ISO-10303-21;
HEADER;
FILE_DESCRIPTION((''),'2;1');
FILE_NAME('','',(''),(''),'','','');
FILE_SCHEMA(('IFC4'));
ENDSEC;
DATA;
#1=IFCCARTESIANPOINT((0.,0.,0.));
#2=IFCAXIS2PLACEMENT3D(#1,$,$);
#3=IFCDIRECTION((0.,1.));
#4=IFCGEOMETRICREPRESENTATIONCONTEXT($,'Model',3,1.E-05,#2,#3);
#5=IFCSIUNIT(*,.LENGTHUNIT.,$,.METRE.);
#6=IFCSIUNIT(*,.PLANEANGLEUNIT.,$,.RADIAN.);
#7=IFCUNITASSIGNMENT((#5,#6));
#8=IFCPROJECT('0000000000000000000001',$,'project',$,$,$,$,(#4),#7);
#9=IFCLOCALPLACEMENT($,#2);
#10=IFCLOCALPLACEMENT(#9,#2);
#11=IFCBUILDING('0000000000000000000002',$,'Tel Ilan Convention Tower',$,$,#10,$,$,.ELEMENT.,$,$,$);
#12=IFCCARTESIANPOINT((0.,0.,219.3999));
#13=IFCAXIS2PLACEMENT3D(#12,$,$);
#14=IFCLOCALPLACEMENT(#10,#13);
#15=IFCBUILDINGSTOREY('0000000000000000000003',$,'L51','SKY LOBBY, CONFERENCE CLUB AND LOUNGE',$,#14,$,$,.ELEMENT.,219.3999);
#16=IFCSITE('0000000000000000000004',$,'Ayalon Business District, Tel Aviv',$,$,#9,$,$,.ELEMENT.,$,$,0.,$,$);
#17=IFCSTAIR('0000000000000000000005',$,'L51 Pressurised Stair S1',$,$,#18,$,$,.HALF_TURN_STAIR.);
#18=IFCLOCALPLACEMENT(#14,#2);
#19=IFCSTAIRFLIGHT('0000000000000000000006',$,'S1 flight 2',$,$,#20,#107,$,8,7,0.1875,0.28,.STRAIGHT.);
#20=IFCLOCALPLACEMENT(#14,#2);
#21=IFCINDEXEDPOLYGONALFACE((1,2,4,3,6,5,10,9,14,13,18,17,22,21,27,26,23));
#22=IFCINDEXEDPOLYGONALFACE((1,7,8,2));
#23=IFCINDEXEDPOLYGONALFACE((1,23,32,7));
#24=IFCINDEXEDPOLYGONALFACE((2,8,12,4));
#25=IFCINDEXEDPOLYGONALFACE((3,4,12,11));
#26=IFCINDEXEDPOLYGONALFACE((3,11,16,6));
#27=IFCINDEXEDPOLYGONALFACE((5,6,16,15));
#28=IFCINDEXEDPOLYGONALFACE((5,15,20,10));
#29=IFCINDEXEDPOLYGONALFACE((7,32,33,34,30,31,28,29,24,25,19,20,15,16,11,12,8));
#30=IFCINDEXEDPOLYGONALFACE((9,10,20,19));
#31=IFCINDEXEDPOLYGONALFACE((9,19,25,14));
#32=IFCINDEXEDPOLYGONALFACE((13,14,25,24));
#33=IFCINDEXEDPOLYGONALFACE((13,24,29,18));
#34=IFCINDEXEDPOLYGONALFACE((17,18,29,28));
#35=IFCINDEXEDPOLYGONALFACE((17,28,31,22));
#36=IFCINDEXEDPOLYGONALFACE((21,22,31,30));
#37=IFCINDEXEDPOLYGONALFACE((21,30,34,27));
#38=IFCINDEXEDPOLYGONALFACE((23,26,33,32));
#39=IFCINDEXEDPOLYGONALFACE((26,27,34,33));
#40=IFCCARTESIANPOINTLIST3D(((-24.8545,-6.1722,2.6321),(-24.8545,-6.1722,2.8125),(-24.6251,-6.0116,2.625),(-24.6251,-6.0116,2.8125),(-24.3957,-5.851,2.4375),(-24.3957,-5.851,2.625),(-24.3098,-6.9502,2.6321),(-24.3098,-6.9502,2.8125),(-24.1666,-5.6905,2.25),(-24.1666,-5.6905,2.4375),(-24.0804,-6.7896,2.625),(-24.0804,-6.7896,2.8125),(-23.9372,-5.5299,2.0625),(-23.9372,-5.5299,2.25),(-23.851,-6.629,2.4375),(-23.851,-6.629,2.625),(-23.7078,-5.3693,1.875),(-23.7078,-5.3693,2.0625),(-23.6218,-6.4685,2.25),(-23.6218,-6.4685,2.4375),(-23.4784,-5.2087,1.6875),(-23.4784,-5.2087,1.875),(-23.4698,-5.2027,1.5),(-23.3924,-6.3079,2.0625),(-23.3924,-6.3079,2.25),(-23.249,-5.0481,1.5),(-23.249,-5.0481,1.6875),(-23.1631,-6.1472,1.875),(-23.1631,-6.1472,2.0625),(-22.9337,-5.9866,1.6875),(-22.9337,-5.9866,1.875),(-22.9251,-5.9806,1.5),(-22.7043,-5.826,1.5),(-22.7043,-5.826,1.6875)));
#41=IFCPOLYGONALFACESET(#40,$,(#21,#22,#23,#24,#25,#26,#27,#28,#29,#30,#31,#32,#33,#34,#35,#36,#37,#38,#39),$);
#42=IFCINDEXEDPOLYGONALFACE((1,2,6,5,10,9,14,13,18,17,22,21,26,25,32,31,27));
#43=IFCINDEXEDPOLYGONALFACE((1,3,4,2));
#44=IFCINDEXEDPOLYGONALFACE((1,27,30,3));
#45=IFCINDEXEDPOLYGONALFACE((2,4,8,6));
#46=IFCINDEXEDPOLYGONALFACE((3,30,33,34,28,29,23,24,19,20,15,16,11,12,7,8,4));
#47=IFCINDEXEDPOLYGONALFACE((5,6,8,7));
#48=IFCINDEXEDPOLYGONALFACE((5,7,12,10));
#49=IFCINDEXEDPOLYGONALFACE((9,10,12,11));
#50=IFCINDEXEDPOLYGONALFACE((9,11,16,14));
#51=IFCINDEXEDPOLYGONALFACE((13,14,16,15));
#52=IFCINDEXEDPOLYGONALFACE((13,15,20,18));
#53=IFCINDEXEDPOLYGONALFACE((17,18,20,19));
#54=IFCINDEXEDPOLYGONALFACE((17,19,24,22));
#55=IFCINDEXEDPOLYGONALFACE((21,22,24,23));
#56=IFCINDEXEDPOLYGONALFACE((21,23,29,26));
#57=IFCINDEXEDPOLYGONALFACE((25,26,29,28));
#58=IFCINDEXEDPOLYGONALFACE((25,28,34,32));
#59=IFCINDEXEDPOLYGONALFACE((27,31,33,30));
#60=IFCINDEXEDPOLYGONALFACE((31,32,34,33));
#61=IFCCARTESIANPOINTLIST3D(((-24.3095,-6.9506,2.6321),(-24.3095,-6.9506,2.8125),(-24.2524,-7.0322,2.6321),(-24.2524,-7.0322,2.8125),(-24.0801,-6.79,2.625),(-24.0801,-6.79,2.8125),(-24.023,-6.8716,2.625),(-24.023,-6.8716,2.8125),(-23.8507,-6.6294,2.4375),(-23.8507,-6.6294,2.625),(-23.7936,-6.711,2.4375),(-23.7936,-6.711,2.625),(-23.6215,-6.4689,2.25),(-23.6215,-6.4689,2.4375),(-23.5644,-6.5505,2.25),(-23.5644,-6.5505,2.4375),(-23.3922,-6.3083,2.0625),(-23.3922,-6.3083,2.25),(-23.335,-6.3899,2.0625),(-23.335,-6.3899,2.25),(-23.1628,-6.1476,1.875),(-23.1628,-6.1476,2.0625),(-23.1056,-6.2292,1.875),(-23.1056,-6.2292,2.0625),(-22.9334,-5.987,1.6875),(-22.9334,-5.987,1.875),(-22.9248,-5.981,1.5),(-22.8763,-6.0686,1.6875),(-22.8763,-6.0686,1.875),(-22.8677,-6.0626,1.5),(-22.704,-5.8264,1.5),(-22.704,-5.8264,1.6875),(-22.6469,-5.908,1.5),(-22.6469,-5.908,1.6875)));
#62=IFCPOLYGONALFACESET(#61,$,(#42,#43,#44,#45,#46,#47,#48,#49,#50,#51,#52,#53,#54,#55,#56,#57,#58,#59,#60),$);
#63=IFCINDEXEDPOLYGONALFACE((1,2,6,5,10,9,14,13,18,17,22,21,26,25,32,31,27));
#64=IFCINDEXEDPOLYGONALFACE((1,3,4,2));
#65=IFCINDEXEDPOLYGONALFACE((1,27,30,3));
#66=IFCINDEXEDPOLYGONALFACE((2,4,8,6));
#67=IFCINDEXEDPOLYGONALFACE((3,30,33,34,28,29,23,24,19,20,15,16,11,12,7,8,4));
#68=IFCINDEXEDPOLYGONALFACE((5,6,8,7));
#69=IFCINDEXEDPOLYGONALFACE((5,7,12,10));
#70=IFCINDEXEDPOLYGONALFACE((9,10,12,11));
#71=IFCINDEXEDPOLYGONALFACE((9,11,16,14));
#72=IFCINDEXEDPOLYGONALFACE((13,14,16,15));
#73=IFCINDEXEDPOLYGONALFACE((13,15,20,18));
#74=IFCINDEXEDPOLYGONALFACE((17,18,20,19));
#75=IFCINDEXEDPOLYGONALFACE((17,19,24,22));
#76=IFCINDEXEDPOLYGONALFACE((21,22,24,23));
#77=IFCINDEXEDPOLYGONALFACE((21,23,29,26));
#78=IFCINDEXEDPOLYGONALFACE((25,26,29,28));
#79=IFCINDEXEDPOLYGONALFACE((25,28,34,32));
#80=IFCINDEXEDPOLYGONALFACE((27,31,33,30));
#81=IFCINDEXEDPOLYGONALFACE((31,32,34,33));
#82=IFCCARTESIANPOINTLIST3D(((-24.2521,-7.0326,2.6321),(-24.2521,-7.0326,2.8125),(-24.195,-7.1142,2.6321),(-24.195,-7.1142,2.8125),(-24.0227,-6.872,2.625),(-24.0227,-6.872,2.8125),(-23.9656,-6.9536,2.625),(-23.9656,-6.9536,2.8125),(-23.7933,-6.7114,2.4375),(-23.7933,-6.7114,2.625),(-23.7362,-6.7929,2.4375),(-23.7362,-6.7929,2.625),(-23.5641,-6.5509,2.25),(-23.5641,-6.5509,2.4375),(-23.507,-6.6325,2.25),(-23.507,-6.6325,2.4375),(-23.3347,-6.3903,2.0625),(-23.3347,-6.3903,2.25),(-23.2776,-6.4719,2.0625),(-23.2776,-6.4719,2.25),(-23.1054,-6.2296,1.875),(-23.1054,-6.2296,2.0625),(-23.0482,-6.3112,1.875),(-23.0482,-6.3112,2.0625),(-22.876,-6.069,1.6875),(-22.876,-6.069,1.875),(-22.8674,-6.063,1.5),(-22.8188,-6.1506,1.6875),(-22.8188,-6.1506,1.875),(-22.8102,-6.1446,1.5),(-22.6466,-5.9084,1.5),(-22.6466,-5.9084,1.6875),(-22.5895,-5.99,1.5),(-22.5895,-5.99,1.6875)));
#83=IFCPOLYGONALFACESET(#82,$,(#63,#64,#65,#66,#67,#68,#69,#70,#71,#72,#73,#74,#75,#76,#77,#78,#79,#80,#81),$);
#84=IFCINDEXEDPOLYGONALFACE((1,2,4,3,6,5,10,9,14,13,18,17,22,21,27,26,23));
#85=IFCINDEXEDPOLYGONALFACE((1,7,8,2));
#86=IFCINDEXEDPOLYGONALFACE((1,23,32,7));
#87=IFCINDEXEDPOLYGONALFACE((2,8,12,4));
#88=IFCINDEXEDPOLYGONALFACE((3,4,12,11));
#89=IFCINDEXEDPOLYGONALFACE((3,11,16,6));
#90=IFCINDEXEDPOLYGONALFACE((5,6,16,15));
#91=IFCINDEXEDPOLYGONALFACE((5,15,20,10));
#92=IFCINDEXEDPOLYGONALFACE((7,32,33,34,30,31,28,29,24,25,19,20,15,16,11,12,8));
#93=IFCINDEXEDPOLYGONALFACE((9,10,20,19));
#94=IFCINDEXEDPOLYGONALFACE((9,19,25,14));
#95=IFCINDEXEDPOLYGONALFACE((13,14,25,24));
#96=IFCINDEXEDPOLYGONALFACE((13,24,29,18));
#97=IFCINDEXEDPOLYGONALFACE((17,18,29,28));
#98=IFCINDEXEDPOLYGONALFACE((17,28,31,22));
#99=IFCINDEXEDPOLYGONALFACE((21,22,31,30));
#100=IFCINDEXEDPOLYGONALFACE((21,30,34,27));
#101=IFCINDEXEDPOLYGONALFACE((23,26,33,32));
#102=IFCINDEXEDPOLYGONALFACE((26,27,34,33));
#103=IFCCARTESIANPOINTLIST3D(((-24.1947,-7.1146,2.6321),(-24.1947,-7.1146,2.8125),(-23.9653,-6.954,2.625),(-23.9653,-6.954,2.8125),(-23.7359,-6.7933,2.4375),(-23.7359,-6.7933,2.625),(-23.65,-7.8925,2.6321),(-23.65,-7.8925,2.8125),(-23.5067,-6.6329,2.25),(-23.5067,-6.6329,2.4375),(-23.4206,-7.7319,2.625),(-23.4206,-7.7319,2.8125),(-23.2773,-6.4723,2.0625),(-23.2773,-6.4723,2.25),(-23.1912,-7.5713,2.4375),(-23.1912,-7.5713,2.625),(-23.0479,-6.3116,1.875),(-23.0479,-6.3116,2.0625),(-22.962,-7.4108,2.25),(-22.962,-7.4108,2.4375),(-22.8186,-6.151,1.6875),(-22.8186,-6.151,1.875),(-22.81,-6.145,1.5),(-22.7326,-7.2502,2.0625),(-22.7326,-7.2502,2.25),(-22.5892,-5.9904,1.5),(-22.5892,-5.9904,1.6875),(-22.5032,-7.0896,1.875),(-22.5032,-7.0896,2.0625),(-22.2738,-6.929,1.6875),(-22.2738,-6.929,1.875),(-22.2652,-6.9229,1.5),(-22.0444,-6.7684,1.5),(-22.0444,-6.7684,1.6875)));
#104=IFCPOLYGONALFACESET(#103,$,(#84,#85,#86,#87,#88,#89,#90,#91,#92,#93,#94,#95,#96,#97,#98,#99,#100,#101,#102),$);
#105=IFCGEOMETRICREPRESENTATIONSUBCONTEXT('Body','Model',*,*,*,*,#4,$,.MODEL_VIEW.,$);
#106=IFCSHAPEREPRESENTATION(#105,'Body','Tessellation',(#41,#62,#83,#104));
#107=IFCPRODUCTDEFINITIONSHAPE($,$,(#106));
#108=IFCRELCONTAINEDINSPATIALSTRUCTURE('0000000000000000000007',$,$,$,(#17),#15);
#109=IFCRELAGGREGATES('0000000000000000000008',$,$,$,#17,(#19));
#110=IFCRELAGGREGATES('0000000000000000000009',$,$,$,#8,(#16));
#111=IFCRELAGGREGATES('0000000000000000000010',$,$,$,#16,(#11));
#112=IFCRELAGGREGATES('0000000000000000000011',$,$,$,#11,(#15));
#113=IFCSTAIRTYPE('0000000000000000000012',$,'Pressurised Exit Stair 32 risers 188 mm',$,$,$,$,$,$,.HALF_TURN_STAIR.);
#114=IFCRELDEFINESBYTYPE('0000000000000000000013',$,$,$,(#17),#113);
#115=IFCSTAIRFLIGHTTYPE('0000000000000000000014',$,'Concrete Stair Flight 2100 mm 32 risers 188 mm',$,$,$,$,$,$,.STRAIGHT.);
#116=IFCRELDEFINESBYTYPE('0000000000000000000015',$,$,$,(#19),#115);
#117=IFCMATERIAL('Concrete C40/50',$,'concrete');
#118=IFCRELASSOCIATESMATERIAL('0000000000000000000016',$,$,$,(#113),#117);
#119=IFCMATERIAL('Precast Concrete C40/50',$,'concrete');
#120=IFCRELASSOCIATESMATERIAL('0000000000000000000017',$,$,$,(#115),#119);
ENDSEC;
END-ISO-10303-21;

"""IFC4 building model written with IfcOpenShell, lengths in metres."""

from ifc_helpers import new_model, si_unit, direction, frame, origin, place, context, subcontext, project, spatial, polyline, outline, extrude, material, type_object, element, aggregate, save


model = new_model("IFC4")

# Units and contexts
model_context = context("Model", 3, precision=1e-05, world=origin(), true_north=direction((0.0, 1.0)))
body_context = subcontext(model_context, "Body", "Model", "MODEL_VIEW")
ifc_project = project(units=[si_unit("LENGTHUNIT", "METRE"), si_unit("PLANEANGLEUNIT", "RADIAN")], contexts=[model_context])

# Site, building, storey
site_placement = place(None, origin())
site = spatial("IfcSite", under=ifc_project, at=site_placement, Name="Ayalon Business District, Tel Aviv", CompositionType="ELEMENT", RefElevation=0.0)
building_placement = place(site_placement, origin())
building = spatial("IfcBuilding", under=site, at=building_placement, Name="Tel Ilan Convention Tower", CompositionType="ELEMENT")
storey_placement = place(building_placement, frame((0.0, 0.0, 219.3999)))
storey = spatial("IfcBuildingStorey", under=building, at=storey_placement, Name="L51", Description="SKY LOBBY, CONFERENCE CLUB AND LOUNGE", CompositionType="ELEMENT", Elevation=219.3999)

# Stair, stair flight
ifc_material_1 = material(Name="Concrete C40/50", Category="concrete")
stair_type = type_object("IfcStairType", Name="Pressurised Exit Stair 32 risers 188 mm", PredefinedType="HALF_TURN_STAIR", material=ifc_material_1)
stair_1_placement = place(storey_placement, origin())
stair_1 = element("IfcStair", 1, at=stair_1_placement, inside=storey, type_object=stair_type, Name="L51 Pressurised Stair S1", PredefinedType="HALF_TURN_STAIR")
ifc_material_2 = material(Name="Precast Concrete C40/50", Category="concrete")
stair_flight_type = type_object("IfcStairFlightType", Name="Concrete Stair Flight 2100 mm 32 risers 188 mm", PredefinedType="STRAIGHT", material=ifc_material_2)
stair_flight_1_placement = place(storey_placement, frame((-22.6467, -5.9082, 1.5), z_axis=(0.0, 0.0, 1.0), x_axis=(-0.819152, -0.573576, 0.0)))
stair_flight_1 = element("IfcStairFlight", 2, at=stair_flight_1_placement, type_object=stair_flight_type, Name="S1 flight 2", NumberOfRisers=8, NumberOfTreads=7, PredefinedType="STRAIGHT", RiserHeight=0.1875, TreadLength=0.28, context=body_context, shape_type="SweptSolid", body=[
    extrude(outline(polyline([(0.0, 0.0), (0.0, 0.1875), (0.28, 0.1875), (0.28, 0.375), (0.5601, 0.375), (0.5601, 0.5625), (0.8401, 0.5625), (0.8401, 0.75), (1.1201, 0.75), (1.1201, 0.9375), (1.3999, 0.9375), (1.3999, 1.125), (1.6799, 1.125), (1.6799, 1.3125), (1.96, 1.3125), (1.96, 1.5), (1.96, 1.1321), (0.2695, 0.0), (0.0, 0.0)])), frame((0.0, -0.1003, 0.0), z_axis=(0.0, -1.0, 0.0), x_axis=(1.0, 0.0, 0.0)), (0.0, 0.0, 1.0), 0.9497),
    extrude(outline(polyline([(0.0, 0.0), (0.0, 0.1875), (0.28, 0.1875), (0.28, 0.375), (0.5601, 0.375), (0.5601, 0.5625), (0.8401, 0.5625), (0.8401, 0.75), (1.1201, 0.75), (1.1201, 0.9375), (1.3999, 0.9375), (1.3999, 1.125), (1.6799, 1.125), (1.6799, 1.3125), (1.96, 1.3125), (1.96, 1.5), (1.96, 1.1321), (0.2695, 0.0), (0.0, 0.0)])), frame((0.0, -0.0002, 0.0), z_axis=(0.0, -1.0, 0.0), x_axis=(1.0, 0.0, 0.0)), (0.0, 0.0, 1.0), 0.0996),
    extrude(outline(polyline([(0.0, 0.0), (0.0, 0.1875), (0.28, 0.1875), (0.28, 0.375), (0.5601, 0.375), (0.5601, 0.5625), (0.8401, 0.5625), (0.8401, 0.75), (1.1201, 0.75), (1.1201, 0.9375), (1.3999, 0.9375), (1.3999, 1.125), (1.6799, 1.125), (1.6799, 1.3125), (1.96, 1.3125), (1.96, 1.5), (1.96, 1.1321), (0.2695, 0.0), (0.0, 0.0)])), frame((0.0, 0.0999, 0.0), z_axis=(0.0, -1.0, 0.0), x_axis=(1.0, 0.0, 0.0)), (0.0, 0.0, 1.0), 0.0996),
    extrude(outline(polyline([(0.0, 0.0), (0.0, 0.1875), (0.28, 0.1875), (0.28, 0.375), (0.5601, 0.375), (0.5601, 0.5625), (0.8401, 0.5625), (0.8401, 0.75), (1.1201, 0.75), (1.1201, 0.9375), (1.3999, 0.9375), (1.3999, 1.125), (1.6799, 1.125), (1.6799, 1.3125), (1.96, 1.3125), (1.96, 1.5), (1.96, 1.1321), (0.2695, 0.0), (0.0, 0.0)])), frame((0.0, 1.05, 0.0), z_axis=(0.0, -1.0, 0.0), x_axis=(1.0, 0.0, 0.0)), (0.0, 0.0, 1.0), 0.9497),
])
aggregate(stair_1, [stair_flight_1])

save(model, "model.ifc")
